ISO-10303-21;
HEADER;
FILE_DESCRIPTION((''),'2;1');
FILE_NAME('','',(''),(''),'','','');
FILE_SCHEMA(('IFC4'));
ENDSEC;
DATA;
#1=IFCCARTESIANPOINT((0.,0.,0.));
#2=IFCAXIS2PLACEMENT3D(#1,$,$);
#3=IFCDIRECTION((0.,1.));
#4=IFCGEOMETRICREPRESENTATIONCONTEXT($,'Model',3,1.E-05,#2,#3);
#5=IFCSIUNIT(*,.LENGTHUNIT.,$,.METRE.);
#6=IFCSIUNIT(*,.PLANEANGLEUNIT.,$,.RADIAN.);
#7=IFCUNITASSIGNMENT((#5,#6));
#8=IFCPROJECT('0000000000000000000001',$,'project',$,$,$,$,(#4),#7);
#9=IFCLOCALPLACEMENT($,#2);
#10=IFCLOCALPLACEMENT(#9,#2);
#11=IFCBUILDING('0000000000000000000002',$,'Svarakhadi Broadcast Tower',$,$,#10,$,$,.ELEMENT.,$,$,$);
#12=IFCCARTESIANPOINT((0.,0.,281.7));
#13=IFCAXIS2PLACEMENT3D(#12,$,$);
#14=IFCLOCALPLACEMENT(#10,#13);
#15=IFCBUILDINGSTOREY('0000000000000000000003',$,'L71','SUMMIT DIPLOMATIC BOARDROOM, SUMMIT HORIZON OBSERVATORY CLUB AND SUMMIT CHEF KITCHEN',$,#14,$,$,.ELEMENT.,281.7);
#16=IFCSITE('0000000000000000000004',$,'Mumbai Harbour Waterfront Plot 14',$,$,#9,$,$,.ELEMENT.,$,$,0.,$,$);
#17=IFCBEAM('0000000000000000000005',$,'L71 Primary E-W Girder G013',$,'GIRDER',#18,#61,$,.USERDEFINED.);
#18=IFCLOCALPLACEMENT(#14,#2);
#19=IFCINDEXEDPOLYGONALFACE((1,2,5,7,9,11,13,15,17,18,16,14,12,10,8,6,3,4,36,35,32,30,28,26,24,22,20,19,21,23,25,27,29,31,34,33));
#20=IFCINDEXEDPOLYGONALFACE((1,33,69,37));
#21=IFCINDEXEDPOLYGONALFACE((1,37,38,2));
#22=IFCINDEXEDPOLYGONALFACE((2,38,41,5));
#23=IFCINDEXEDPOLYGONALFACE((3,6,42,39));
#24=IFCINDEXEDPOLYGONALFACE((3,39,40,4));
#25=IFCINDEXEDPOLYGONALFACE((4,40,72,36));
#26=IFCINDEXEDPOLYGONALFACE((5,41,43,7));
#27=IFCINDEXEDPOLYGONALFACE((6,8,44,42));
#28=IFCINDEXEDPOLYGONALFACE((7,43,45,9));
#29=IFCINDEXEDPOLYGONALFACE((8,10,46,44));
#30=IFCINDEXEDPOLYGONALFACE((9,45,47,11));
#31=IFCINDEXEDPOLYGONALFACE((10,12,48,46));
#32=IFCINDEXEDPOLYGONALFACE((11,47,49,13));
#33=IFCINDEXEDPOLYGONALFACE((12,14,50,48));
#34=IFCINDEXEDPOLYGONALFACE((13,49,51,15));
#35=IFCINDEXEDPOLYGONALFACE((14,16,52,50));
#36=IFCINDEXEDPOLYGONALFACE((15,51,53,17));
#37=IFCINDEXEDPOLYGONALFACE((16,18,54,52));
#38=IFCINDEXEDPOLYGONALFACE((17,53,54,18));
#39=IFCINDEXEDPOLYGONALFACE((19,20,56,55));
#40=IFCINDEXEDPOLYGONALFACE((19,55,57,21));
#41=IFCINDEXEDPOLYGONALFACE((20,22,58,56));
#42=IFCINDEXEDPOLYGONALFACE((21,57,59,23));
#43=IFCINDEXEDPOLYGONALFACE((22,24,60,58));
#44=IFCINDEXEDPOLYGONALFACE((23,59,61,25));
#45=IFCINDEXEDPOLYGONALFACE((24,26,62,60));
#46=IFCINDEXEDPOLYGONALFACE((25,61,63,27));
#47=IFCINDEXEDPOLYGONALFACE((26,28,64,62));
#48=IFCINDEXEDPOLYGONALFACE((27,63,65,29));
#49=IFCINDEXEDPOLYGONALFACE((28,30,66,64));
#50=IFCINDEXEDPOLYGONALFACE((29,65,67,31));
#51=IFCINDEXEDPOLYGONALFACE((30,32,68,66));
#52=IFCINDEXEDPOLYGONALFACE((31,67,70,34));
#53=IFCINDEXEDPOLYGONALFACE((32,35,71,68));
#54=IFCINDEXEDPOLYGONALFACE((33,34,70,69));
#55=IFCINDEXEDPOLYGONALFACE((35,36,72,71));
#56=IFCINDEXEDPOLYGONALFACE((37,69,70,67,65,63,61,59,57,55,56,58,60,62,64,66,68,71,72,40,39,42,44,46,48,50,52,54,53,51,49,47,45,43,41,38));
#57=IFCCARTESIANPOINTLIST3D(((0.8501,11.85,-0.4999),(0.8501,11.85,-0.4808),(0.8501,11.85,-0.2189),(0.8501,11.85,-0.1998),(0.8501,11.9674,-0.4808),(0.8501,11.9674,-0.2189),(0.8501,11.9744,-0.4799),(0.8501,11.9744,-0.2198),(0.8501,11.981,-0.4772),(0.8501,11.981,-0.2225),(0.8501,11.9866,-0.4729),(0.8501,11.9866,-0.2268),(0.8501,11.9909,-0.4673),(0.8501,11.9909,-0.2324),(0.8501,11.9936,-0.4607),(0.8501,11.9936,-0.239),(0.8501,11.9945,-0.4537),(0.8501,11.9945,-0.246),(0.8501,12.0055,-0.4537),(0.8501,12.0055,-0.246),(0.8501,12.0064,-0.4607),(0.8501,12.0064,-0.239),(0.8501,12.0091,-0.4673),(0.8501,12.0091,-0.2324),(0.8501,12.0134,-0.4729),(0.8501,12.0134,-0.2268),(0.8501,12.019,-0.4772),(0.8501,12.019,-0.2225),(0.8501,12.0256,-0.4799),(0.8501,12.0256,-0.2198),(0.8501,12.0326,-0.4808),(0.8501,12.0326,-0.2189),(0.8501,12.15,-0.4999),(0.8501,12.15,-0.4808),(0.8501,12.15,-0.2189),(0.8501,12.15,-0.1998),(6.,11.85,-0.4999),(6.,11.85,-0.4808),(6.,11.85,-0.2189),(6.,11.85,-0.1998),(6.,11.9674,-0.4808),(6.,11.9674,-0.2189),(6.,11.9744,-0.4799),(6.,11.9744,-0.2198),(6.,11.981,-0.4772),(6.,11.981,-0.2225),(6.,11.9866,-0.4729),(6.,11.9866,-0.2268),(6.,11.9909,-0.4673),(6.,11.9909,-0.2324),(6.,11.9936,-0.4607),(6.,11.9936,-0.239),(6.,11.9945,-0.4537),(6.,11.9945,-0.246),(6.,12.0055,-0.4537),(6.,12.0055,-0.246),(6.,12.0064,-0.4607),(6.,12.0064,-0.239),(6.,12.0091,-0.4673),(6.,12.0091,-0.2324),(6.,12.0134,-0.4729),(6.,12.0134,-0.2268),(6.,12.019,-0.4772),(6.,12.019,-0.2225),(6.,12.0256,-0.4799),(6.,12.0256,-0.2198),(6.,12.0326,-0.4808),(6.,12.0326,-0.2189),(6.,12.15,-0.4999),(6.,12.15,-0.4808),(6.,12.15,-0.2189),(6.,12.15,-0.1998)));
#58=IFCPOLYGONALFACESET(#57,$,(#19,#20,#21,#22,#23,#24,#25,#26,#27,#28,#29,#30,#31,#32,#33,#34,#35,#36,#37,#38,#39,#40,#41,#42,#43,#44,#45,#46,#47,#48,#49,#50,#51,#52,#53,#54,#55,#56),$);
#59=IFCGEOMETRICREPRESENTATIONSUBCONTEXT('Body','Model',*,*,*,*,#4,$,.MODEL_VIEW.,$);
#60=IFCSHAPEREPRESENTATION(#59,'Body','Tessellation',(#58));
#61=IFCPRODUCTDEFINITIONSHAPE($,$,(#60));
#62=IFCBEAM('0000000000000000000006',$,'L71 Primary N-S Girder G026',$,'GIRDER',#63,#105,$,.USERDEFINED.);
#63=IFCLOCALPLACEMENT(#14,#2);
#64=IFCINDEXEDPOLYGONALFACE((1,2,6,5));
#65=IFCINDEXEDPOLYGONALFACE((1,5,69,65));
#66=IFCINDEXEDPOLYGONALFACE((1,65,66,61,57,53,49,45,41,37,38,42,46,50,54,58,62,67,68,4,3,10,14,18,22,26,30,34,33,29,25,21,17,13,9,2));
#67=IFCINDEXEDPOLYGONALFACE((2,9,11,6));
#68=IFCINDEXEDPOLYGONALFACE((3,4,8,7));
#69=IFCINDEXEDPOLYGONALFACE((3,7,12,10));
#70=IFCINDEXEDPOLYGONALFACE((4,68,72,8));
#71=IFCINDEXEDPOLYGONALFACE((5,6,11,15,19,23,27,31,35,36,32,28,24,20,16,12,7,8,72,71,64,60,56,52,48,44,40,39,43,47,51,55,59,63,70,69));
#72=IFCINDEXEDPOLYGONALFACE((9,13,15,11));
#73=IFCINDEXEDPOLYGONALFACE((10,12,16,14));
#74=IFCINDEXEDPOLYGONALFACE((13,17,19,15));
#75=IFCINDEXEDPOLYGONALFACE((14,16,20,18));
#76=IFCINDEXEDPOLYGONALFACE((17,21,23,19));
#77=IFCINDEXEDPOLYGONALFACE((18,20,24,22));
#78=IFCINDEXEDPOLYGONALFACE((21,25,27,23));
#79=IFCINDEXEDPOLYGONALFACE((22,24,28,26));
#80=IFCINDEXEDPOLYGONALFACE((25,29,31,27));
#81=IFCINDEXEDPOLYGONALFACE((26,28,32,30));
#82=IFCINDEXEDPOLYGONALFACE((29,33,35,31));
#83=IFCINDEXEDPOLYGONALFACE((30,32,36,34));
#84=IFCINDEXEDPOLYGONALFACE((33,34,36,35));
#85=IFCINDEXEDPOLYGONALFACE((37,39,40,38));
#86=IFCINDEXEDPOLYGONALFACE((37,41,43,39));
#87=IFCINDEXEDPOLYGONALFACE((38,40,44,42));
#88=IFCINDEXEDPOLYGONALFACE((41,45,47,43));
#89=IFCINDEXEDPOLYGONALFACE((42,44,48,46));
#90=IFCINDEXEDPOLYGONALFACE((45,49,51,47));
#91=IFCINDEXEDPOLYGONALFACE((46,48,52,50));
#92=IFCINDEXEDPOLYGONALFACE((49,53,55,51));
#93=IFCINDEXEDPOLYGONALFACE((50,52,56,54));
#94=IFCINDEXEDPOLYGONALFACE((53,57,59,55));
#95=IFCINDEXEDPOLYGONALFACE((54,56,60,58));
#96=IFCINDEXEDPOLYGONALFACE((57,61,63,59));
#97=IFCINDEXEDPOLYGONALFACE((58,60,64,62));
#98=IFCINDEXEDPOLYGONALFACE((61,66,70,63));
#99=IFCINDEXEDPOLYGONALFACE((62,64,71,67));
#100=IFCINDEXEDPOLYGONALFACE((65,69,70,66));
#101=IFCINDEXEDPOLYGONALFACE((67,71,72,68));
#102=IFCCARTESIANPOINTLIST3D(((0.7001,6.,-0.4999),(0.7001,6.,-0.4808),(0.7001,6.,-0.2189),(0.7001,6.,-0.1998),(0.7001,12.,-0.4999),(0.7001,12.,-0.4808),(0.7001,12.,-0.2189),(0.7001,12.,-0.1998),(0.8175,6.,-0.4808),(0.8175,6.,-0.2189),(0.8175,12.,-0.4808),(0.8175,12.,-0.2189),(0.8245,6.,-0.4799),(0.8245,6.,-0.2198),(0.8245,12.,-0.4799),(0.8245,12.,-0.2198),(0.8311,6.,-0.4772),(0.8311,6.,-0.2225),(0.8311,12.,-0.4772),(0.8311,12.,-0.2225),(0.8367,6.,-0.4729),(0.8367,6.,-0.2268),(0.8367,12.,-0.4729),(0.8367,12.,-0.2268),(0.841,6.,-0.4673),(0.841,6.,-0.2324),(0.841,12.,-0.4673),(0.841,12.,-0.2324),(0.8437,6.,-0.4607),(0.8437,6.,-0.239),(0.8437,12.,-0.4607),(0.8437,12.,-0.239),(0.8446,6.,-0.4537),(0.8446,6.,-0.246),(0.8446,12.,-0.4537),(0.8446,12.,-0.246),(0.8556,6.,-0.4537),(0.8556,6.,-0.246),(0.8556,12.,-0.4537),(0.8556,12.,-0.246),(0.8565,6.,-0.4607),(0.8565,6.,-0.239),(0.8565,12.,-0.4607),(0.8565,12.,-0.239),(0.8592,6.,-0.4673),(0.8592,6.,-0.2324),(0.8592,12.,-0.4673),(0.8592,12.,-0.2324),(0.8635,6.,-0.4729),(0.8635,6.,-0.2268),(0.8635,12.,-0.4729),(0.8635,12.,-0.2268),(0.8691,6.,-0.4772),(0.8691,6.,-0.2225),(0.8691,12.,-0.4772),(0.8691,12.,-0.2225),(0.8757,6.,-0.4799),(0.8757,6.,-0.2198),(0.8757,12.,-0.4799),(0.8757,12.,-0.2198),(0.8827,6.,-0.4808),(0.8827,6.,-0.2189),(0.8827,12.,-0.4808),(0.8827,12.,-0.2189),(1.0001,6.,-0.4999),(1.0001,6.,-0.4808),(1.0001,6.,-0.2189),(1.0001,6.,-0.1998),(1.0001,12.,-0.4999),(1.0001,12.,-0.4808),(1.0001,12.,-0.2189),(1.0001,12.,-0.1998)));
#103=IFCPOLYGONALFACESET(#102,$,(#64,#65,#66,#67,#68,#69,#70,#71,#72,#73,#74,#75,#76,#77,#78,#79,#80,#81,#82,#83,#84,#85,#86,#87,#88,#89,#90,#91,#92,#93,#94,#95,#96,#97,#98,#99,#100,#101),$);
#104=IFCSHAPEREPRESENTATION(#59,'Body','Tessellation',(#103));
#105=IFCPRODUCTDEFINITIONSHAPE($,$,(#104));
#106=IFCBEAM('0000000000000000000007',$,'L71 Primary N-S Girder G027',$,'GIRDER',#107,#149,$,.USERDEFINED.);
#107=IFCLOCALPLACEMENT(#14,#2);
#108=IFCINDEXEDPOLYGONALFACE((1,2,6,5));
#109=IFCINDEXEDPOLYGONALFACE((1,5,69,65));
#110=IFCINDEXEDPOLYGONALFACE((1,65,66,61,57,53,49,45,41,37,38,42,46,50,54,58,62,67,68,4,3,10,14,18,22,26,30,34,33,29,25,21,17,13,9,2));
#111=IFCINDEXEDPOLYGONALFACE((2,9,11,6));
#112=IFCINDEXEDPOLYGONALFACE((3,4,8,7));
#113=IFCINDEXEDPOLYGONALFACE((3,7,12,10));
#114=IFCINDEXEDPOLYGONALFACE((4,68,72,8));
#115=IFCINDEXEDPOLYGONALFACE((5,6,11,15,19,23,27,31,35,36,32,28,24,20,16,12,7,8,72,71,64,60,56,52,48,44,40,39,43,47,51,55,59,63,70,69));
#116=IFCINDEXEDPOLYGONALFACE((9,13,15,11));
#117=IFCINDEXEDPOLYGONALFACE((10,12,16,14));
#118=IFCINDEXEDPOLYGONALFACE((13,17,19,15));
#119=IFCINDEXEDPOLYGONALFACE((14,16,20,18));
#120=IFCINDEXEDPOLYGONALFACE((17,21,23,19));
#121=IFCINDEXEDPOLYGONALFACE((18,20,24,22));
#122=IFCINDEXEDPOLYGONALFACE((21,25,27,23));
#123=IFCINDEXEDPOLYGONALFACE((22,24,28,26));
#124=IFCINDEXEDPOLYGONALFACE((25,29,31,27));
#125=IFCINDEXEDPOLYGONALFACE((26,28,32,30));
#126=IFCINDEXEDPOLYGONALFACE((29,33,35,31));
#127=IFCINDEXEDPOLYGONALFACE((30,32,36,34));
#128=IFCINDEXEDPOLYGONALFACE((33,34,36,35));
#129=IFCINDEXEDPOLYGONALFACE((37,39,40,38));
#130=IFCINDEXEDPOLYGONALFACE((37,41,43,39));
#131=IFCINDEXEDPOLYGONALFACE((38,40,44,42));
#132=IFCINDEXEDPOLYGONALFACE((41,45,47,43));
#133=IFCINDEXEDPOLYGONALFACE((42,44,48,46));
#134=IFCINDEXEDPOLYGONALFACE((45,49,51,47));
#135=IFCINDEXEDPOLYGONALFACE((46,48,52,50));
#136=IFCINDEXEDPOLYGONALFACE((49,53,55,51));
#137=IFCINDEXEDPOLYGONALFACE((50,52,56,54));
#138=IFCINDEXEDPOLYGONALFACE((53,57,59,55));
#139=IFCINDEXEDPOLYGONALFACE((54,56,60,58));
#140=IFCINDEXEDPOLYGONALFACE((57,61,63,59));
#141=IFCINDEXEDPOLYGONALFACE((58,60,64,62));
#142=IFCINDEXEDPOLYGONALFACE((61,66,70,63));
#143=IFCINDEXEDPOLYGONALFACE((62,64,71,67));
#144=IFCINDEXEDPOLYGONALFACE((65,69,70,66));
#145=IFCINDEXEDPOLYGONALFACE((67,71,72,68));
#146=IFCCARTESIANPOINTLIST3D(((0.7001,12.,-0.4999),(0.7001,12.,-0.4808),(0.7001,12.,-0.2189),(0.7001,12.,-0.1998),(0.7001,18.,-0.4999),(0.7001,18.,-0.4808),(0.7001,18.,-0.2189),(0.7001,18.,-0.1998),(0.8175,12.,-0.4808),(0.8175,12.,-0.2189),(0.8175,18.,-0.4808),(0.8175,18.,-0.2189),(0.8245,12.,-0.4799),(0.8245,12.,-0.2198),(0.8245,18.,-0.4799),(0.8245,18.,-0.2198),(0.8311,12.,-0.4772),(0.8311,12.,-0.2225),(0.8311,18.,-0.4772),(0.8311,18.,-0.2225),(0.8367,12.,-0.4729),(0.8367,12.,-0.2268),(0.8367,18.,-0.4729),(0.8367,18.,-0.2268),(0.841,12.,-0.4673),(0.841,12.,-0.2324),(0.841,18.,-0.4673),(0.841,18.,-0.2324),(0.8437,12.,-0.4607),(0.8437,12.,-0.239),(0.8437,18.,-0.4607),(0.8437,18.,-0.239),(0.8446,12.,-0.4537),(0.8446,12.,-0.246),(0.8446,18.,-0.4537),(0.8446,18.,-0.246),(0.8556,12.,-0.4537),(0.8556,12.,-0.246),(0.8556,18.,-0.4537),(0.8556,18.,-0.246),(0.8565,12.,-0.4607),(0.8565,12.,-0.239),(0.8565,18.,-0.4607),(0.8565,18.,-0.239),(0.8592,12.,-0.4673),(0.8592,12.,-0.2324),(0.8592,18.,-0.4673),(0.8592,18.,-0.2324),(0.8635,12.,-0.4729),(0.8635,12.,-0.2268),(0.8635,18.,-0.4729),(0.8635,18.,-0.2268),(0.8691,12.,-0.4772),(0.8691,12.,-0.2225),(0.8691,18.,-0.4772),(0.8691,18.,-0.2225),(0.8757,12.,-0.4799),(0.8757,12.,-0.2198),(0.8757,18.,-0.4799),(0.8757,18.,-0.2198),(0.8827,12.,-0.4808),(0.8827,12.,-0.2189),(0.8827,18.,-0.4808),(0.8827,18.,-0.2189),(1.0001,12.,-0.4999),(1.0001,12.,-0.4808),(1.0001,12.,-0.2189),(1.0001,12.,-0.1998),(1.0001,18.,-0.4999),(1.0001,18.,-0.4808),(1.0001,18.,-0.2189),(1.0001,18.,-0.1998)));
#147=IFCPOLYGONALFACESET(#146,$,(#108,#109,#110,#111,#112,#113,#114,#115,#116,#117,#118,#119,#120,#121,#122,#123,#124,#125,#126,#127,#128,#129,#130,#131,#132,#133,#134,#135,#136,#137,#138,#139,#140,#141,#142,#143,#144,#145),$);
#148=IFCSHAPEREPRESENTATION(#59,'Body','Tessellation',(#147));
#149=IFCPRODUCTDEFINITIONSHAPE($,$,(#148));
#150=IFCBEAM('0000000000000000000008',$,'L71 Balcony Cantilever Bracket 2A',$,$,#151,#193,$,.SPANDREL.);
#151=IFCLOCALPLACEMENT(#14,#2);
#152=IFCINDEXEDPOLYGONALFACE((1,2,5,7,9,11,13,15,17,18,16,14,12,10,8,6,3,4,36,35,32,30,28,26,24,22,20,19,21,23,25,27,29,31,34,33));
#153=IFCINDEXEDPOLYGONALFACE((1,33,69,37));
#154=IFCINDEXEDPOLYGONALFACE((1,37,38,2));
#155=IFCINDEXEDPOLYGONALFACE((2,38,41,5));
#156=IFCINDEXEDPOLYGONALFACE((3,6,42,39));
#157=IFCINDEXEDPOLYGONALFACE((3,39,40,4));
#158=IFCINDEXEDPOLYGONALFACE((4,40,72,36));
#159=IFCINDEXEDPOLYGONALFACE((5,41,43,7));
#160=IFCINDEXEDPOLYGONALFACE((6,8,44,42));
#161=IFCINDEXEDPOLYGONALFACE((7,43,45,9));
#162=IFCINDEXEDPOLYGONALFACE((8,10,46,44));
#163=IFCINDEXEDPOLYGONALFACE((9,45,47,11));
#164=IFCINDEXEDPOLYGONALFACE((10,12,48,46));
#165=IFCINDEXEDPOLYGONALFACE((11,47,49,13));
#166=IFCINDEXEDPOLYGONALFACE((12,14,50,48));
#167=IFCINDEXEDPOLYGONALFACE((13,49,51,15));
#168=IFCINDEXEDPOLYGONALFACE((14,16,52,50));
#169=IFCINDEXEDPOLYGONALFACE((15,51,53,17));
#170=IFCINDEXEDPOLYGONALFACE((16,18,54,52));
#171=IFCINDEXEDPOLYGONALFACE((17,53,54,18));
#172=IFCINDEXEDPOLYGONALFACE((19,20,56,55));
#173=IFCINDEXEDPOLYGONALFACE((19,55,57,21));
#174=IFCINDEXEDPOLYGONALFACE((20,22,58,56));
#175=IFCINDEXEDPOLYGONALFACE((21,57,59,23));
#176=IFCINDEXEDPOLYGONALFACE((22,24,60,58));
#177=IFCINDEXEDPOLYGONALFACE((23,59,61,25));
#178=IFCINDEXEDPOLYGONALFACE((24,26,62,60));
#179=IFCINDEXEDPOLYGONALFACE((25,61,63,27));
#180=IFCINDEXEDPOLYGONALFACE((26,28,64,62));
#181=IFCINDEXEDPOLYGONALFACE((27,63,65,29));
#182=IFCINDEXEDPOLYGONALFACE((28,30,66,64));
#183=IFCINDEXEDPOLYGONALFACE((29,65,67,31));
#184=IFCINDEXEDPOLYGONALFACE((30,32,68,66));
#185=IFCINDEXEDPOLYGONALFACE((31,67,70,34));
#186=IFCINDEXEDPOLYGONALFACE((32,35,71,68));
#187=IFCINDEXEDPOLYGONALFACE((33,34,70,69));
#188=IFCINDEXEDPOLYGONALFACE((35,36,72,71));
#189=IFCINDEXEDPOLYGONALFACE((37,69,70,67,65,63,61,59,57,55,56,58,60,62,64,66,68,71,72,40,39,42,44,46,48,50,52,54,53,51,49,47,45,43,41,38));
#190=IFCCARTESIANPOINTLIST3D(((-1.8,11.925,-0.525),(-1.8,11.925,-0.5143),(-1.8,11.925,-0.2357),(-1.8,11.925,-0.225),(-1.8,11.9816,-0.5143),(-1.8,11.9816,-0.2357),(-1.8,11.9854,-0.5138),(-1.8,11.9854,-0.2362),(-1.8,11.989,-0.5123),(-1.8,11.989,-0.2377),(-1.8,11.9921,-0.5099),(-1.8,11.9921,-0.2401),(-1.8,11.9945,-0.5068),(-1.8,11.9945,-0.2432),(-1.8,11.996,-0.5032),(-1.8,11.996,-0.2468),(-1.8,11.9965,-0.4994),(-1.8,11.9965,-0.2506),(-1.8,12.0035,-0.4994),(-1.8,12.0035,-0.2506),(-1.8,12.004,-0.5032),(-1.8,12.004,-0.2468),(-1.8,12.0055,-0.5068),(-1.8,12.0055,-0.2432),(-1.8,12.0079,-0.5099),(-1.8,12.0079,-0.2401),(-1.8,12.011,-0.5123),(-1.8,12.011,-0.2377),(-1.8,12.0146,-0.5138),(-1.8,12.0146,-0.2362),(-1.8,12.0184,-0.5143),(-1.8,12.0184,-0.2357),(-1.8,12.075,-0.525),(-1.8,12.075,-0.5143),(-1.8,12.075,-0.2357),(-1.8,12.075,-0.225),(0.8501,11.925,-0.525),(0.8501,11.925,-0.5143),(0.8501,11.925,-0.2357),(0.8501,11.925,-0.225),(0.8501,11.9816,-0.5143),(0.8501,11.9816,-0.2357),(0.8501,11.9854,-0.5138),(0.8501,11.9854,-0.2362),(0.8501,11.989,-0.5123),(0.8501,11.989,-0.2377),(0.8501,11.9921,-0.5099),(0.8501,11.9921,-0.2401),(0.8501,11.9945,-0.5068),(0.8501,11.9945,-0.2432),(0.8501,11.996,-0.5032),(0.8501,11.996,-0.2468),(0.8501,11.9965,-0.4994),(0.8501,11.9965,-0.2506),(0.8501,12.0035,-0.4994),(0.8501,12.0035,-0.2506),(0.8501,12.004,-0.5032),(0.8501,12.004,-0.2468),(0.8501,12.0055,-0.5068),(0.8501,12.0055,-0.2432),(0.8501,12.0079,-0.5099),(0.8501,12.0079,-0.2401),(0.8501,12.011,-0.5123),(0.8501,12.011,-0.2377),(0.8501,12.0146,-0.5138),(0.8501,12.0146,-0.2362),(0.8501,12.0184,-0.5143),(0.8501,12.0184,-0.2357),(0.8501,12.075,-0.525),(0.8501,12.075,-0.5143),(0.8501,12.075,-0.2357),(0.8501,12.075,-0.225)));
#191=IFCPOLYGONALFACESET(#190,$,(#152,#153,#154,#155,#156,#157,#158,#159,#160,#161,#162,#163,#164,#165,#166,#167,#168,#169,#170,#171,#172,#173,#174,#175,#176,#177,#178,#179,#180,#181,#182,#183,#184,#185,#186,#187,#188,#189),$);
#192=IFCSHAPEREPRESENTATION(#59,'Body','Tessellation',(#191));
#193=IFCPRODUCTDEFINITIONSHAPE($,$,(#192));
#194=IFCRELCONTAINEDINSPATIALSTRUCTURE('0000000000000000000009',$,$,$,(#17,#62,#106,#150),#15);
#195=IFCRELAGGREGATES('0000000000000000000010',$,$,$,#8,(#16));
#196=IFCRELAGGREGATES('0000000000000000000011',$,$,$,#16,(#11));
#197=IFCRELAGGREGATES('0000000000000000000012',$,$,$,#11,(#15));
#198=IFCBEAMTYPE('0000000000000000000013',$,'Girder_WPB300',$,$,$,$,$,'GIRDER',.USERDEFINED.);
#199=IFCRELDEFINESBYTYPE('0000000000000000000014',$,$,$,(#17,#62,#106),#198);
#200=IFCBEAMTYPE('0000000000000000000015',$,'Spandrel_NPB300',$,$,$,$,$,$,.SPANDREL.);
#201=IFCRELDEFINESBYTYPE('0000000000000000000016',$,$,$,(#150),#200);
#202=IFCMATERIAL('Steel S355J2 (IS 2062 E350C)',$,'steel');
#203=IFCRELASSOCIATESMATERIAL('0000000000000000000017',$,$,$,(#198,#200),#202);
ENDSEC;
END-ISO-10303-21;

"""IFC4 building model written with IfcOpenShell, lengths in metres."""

from ifc_helpers import new_model, si_unit, direction, frame, origin, origin_2d, place, context, subcontext, project, spatial, i_section, extrude, material, material_profile, profile_set, type_object, element, save


model = new_model("IFC4")

# Units and contexts
model_context = context("Model", 3, precision=1e-05, world=origin(), true_north=direction((0.0, 1.0)))
body_context = subcontext(model_context, "Body", "Model", "MODEL_VIEW")
ifc_project = project(units=[si_unit("LENGTHUNIT", "METRE"), si_unit("PLANEANGLEUNIT", "RADIAN")], contexts=[model_context])

# Site, building, storey
site_placement = place(None, origin())
site = spatial("IfcSite", under=ifc_project, at=site_placement, Name="Mumbai Harbour Waterfront Plot 14", CompositionType="ELEMENT", RefElevation=0.0)
building_placement = place(site_placement, origin())
building = spatial("IfcBuilding", under=site, at=building_placement, Name="Svarakhadi Broadcast Tower", CompositionType="ELEMENT")
storey_placement = place(building_placement, frame((0.0, 0.0, 281.7)))
storey = spatial("IfcBuildingStorey", under=building, at=storey_placement, Name="L71", Description="SUMMIT DIPLOMATIC BOARDROOM, SUMMIT HORIZON OBSERVATORY CLUB AND SUMMIT CHEF KITCHEN", CompositionType="ELEMENT", Elevation=281.7)

# Shared definitions
ifc_material_1 = material(Name="Steel S355J2 (IS 2062 E350C)", Category="steel")

# Beams
ifc_material_profile_1 = material_profile(ifc_material_1, i_section(OverallWidth=0.3, OverallDepth=0.3, WebThickness=0.011, FlangeThickness=0.019, FilletRadius=0.0271, at=origin_2d()), Name="WPB 300x300x117")
ifc_profile_set_1 = profile_set([ifc_material_profile_1], Name="Steel S355J2 (IS 2062 E350C)")
beam_type_1 = type_object("IfcBeamType", Name="Girder_WPB300", ElementType="GIRDER", PredefinedType="USERDEFINED", material=ifc_profile_set_1)
for number, where, z_axis, x_axis, name in (
    (1, (0.8501, 12.0, -0.3499), (1.0, 0.0, 0.0), (0.0, 1.0, 0.0), "L71 Primary E-W Girder G013"),
):
    element("IfcBeam", number, at=place(storey_placement, frame(where, z_axis=z_axis, x_axis=x_axis)), inside=storey, type_object=beam_type_1, Name=name, ObjectType="GIRDER", PredefinedType="USERDEFINED", context=body_context, shape_type="SweptSolid", body=[
        extrude(i_section(OverallWidth=0.3, OverallDepth=0.3, WebThickness=0.011, FlangeThickness=0.019, FilletRadius=0.0271, at=origin_2d()), origin(), (0.0, 0.0, 1.0), 5.1499),
    ])
for number, where, z_axis, x_axis, name in (
    (2, (0.8501, 6.0, -0.3499), (0.0, 1.0, 0.0), (-1.0, 0.0, 0.0), "L71 Primary N-S Girder G026"),
    (3, (0.8501, 12.0, -0.3499), (0.0, 1.0, 0.0), (-1.0, 0.0, 0.0), "L71 Primary N-S Girder G027"),
):
    element("IfcBeam", number, at=place(storey_placement, frame(where, z_axis=z_axis, x_axis=x_axis)), inside=storey, type_object=beam_type_1, Name=name, ObjectType="GIRDER", PredefinedType="USERDEFINED", context=body_context, shape_type="SweptSolid", body=[
        extrude(i_section(OverallWidth=0.3, OverallDepth=0.3, WebThickness=0.011, FlangeThickness=0.019, FilletRadius=0.0271, at=origin_2d()), origin(), (0.0, 0.0, 1.0), 6.0),
    ])
ifc_material_profile_2 = material_profile(ifc_material_1, i_section(OverallWidth=0.1499, OverallDepth=0.3, WebThickness=0.0071, FlangeThickness=0.0107, FilletRadius=0.0149, at=origin_2d()), Name="NPB 300x150x37")
ifc_profile_set_2 = profile_set([ifc_material_profile_2], Name="Steel S355J2 (IS 2062 E350C)")
beam_type_2 = type_object("IfcBeamType", Name="Spandrel_NPB300", PredefinedType="SPANDREL", material=ifc_profile_set_2)
beam_1_placement = place(storey_placement, frame((0.8501, 12.0, -0.375), z_axis=(-1.0, 0.0, 0.0), x_axis=(0.0, -1.0, 0.0)))
element("IfcBeam", 4, at=beam_1_placement, inside=storey, type_object=beam_type_2, Name="L71 Balcony Cantilever Bracket 2A", PredefinedType="SPANDREL", context=body_context, shape_type="SweptSolid", body=[
    extrude(i_section(OverallWidth=0.1499, OverallDepth=0.3, WebThickness=0.0071, FlangeThickness=0.0107, FilletRadius=0.0149, at=origin_2d()), origin(), (0.0, 0.0, 1.0), 2.6501),
])

save(model, "model.ifc")
